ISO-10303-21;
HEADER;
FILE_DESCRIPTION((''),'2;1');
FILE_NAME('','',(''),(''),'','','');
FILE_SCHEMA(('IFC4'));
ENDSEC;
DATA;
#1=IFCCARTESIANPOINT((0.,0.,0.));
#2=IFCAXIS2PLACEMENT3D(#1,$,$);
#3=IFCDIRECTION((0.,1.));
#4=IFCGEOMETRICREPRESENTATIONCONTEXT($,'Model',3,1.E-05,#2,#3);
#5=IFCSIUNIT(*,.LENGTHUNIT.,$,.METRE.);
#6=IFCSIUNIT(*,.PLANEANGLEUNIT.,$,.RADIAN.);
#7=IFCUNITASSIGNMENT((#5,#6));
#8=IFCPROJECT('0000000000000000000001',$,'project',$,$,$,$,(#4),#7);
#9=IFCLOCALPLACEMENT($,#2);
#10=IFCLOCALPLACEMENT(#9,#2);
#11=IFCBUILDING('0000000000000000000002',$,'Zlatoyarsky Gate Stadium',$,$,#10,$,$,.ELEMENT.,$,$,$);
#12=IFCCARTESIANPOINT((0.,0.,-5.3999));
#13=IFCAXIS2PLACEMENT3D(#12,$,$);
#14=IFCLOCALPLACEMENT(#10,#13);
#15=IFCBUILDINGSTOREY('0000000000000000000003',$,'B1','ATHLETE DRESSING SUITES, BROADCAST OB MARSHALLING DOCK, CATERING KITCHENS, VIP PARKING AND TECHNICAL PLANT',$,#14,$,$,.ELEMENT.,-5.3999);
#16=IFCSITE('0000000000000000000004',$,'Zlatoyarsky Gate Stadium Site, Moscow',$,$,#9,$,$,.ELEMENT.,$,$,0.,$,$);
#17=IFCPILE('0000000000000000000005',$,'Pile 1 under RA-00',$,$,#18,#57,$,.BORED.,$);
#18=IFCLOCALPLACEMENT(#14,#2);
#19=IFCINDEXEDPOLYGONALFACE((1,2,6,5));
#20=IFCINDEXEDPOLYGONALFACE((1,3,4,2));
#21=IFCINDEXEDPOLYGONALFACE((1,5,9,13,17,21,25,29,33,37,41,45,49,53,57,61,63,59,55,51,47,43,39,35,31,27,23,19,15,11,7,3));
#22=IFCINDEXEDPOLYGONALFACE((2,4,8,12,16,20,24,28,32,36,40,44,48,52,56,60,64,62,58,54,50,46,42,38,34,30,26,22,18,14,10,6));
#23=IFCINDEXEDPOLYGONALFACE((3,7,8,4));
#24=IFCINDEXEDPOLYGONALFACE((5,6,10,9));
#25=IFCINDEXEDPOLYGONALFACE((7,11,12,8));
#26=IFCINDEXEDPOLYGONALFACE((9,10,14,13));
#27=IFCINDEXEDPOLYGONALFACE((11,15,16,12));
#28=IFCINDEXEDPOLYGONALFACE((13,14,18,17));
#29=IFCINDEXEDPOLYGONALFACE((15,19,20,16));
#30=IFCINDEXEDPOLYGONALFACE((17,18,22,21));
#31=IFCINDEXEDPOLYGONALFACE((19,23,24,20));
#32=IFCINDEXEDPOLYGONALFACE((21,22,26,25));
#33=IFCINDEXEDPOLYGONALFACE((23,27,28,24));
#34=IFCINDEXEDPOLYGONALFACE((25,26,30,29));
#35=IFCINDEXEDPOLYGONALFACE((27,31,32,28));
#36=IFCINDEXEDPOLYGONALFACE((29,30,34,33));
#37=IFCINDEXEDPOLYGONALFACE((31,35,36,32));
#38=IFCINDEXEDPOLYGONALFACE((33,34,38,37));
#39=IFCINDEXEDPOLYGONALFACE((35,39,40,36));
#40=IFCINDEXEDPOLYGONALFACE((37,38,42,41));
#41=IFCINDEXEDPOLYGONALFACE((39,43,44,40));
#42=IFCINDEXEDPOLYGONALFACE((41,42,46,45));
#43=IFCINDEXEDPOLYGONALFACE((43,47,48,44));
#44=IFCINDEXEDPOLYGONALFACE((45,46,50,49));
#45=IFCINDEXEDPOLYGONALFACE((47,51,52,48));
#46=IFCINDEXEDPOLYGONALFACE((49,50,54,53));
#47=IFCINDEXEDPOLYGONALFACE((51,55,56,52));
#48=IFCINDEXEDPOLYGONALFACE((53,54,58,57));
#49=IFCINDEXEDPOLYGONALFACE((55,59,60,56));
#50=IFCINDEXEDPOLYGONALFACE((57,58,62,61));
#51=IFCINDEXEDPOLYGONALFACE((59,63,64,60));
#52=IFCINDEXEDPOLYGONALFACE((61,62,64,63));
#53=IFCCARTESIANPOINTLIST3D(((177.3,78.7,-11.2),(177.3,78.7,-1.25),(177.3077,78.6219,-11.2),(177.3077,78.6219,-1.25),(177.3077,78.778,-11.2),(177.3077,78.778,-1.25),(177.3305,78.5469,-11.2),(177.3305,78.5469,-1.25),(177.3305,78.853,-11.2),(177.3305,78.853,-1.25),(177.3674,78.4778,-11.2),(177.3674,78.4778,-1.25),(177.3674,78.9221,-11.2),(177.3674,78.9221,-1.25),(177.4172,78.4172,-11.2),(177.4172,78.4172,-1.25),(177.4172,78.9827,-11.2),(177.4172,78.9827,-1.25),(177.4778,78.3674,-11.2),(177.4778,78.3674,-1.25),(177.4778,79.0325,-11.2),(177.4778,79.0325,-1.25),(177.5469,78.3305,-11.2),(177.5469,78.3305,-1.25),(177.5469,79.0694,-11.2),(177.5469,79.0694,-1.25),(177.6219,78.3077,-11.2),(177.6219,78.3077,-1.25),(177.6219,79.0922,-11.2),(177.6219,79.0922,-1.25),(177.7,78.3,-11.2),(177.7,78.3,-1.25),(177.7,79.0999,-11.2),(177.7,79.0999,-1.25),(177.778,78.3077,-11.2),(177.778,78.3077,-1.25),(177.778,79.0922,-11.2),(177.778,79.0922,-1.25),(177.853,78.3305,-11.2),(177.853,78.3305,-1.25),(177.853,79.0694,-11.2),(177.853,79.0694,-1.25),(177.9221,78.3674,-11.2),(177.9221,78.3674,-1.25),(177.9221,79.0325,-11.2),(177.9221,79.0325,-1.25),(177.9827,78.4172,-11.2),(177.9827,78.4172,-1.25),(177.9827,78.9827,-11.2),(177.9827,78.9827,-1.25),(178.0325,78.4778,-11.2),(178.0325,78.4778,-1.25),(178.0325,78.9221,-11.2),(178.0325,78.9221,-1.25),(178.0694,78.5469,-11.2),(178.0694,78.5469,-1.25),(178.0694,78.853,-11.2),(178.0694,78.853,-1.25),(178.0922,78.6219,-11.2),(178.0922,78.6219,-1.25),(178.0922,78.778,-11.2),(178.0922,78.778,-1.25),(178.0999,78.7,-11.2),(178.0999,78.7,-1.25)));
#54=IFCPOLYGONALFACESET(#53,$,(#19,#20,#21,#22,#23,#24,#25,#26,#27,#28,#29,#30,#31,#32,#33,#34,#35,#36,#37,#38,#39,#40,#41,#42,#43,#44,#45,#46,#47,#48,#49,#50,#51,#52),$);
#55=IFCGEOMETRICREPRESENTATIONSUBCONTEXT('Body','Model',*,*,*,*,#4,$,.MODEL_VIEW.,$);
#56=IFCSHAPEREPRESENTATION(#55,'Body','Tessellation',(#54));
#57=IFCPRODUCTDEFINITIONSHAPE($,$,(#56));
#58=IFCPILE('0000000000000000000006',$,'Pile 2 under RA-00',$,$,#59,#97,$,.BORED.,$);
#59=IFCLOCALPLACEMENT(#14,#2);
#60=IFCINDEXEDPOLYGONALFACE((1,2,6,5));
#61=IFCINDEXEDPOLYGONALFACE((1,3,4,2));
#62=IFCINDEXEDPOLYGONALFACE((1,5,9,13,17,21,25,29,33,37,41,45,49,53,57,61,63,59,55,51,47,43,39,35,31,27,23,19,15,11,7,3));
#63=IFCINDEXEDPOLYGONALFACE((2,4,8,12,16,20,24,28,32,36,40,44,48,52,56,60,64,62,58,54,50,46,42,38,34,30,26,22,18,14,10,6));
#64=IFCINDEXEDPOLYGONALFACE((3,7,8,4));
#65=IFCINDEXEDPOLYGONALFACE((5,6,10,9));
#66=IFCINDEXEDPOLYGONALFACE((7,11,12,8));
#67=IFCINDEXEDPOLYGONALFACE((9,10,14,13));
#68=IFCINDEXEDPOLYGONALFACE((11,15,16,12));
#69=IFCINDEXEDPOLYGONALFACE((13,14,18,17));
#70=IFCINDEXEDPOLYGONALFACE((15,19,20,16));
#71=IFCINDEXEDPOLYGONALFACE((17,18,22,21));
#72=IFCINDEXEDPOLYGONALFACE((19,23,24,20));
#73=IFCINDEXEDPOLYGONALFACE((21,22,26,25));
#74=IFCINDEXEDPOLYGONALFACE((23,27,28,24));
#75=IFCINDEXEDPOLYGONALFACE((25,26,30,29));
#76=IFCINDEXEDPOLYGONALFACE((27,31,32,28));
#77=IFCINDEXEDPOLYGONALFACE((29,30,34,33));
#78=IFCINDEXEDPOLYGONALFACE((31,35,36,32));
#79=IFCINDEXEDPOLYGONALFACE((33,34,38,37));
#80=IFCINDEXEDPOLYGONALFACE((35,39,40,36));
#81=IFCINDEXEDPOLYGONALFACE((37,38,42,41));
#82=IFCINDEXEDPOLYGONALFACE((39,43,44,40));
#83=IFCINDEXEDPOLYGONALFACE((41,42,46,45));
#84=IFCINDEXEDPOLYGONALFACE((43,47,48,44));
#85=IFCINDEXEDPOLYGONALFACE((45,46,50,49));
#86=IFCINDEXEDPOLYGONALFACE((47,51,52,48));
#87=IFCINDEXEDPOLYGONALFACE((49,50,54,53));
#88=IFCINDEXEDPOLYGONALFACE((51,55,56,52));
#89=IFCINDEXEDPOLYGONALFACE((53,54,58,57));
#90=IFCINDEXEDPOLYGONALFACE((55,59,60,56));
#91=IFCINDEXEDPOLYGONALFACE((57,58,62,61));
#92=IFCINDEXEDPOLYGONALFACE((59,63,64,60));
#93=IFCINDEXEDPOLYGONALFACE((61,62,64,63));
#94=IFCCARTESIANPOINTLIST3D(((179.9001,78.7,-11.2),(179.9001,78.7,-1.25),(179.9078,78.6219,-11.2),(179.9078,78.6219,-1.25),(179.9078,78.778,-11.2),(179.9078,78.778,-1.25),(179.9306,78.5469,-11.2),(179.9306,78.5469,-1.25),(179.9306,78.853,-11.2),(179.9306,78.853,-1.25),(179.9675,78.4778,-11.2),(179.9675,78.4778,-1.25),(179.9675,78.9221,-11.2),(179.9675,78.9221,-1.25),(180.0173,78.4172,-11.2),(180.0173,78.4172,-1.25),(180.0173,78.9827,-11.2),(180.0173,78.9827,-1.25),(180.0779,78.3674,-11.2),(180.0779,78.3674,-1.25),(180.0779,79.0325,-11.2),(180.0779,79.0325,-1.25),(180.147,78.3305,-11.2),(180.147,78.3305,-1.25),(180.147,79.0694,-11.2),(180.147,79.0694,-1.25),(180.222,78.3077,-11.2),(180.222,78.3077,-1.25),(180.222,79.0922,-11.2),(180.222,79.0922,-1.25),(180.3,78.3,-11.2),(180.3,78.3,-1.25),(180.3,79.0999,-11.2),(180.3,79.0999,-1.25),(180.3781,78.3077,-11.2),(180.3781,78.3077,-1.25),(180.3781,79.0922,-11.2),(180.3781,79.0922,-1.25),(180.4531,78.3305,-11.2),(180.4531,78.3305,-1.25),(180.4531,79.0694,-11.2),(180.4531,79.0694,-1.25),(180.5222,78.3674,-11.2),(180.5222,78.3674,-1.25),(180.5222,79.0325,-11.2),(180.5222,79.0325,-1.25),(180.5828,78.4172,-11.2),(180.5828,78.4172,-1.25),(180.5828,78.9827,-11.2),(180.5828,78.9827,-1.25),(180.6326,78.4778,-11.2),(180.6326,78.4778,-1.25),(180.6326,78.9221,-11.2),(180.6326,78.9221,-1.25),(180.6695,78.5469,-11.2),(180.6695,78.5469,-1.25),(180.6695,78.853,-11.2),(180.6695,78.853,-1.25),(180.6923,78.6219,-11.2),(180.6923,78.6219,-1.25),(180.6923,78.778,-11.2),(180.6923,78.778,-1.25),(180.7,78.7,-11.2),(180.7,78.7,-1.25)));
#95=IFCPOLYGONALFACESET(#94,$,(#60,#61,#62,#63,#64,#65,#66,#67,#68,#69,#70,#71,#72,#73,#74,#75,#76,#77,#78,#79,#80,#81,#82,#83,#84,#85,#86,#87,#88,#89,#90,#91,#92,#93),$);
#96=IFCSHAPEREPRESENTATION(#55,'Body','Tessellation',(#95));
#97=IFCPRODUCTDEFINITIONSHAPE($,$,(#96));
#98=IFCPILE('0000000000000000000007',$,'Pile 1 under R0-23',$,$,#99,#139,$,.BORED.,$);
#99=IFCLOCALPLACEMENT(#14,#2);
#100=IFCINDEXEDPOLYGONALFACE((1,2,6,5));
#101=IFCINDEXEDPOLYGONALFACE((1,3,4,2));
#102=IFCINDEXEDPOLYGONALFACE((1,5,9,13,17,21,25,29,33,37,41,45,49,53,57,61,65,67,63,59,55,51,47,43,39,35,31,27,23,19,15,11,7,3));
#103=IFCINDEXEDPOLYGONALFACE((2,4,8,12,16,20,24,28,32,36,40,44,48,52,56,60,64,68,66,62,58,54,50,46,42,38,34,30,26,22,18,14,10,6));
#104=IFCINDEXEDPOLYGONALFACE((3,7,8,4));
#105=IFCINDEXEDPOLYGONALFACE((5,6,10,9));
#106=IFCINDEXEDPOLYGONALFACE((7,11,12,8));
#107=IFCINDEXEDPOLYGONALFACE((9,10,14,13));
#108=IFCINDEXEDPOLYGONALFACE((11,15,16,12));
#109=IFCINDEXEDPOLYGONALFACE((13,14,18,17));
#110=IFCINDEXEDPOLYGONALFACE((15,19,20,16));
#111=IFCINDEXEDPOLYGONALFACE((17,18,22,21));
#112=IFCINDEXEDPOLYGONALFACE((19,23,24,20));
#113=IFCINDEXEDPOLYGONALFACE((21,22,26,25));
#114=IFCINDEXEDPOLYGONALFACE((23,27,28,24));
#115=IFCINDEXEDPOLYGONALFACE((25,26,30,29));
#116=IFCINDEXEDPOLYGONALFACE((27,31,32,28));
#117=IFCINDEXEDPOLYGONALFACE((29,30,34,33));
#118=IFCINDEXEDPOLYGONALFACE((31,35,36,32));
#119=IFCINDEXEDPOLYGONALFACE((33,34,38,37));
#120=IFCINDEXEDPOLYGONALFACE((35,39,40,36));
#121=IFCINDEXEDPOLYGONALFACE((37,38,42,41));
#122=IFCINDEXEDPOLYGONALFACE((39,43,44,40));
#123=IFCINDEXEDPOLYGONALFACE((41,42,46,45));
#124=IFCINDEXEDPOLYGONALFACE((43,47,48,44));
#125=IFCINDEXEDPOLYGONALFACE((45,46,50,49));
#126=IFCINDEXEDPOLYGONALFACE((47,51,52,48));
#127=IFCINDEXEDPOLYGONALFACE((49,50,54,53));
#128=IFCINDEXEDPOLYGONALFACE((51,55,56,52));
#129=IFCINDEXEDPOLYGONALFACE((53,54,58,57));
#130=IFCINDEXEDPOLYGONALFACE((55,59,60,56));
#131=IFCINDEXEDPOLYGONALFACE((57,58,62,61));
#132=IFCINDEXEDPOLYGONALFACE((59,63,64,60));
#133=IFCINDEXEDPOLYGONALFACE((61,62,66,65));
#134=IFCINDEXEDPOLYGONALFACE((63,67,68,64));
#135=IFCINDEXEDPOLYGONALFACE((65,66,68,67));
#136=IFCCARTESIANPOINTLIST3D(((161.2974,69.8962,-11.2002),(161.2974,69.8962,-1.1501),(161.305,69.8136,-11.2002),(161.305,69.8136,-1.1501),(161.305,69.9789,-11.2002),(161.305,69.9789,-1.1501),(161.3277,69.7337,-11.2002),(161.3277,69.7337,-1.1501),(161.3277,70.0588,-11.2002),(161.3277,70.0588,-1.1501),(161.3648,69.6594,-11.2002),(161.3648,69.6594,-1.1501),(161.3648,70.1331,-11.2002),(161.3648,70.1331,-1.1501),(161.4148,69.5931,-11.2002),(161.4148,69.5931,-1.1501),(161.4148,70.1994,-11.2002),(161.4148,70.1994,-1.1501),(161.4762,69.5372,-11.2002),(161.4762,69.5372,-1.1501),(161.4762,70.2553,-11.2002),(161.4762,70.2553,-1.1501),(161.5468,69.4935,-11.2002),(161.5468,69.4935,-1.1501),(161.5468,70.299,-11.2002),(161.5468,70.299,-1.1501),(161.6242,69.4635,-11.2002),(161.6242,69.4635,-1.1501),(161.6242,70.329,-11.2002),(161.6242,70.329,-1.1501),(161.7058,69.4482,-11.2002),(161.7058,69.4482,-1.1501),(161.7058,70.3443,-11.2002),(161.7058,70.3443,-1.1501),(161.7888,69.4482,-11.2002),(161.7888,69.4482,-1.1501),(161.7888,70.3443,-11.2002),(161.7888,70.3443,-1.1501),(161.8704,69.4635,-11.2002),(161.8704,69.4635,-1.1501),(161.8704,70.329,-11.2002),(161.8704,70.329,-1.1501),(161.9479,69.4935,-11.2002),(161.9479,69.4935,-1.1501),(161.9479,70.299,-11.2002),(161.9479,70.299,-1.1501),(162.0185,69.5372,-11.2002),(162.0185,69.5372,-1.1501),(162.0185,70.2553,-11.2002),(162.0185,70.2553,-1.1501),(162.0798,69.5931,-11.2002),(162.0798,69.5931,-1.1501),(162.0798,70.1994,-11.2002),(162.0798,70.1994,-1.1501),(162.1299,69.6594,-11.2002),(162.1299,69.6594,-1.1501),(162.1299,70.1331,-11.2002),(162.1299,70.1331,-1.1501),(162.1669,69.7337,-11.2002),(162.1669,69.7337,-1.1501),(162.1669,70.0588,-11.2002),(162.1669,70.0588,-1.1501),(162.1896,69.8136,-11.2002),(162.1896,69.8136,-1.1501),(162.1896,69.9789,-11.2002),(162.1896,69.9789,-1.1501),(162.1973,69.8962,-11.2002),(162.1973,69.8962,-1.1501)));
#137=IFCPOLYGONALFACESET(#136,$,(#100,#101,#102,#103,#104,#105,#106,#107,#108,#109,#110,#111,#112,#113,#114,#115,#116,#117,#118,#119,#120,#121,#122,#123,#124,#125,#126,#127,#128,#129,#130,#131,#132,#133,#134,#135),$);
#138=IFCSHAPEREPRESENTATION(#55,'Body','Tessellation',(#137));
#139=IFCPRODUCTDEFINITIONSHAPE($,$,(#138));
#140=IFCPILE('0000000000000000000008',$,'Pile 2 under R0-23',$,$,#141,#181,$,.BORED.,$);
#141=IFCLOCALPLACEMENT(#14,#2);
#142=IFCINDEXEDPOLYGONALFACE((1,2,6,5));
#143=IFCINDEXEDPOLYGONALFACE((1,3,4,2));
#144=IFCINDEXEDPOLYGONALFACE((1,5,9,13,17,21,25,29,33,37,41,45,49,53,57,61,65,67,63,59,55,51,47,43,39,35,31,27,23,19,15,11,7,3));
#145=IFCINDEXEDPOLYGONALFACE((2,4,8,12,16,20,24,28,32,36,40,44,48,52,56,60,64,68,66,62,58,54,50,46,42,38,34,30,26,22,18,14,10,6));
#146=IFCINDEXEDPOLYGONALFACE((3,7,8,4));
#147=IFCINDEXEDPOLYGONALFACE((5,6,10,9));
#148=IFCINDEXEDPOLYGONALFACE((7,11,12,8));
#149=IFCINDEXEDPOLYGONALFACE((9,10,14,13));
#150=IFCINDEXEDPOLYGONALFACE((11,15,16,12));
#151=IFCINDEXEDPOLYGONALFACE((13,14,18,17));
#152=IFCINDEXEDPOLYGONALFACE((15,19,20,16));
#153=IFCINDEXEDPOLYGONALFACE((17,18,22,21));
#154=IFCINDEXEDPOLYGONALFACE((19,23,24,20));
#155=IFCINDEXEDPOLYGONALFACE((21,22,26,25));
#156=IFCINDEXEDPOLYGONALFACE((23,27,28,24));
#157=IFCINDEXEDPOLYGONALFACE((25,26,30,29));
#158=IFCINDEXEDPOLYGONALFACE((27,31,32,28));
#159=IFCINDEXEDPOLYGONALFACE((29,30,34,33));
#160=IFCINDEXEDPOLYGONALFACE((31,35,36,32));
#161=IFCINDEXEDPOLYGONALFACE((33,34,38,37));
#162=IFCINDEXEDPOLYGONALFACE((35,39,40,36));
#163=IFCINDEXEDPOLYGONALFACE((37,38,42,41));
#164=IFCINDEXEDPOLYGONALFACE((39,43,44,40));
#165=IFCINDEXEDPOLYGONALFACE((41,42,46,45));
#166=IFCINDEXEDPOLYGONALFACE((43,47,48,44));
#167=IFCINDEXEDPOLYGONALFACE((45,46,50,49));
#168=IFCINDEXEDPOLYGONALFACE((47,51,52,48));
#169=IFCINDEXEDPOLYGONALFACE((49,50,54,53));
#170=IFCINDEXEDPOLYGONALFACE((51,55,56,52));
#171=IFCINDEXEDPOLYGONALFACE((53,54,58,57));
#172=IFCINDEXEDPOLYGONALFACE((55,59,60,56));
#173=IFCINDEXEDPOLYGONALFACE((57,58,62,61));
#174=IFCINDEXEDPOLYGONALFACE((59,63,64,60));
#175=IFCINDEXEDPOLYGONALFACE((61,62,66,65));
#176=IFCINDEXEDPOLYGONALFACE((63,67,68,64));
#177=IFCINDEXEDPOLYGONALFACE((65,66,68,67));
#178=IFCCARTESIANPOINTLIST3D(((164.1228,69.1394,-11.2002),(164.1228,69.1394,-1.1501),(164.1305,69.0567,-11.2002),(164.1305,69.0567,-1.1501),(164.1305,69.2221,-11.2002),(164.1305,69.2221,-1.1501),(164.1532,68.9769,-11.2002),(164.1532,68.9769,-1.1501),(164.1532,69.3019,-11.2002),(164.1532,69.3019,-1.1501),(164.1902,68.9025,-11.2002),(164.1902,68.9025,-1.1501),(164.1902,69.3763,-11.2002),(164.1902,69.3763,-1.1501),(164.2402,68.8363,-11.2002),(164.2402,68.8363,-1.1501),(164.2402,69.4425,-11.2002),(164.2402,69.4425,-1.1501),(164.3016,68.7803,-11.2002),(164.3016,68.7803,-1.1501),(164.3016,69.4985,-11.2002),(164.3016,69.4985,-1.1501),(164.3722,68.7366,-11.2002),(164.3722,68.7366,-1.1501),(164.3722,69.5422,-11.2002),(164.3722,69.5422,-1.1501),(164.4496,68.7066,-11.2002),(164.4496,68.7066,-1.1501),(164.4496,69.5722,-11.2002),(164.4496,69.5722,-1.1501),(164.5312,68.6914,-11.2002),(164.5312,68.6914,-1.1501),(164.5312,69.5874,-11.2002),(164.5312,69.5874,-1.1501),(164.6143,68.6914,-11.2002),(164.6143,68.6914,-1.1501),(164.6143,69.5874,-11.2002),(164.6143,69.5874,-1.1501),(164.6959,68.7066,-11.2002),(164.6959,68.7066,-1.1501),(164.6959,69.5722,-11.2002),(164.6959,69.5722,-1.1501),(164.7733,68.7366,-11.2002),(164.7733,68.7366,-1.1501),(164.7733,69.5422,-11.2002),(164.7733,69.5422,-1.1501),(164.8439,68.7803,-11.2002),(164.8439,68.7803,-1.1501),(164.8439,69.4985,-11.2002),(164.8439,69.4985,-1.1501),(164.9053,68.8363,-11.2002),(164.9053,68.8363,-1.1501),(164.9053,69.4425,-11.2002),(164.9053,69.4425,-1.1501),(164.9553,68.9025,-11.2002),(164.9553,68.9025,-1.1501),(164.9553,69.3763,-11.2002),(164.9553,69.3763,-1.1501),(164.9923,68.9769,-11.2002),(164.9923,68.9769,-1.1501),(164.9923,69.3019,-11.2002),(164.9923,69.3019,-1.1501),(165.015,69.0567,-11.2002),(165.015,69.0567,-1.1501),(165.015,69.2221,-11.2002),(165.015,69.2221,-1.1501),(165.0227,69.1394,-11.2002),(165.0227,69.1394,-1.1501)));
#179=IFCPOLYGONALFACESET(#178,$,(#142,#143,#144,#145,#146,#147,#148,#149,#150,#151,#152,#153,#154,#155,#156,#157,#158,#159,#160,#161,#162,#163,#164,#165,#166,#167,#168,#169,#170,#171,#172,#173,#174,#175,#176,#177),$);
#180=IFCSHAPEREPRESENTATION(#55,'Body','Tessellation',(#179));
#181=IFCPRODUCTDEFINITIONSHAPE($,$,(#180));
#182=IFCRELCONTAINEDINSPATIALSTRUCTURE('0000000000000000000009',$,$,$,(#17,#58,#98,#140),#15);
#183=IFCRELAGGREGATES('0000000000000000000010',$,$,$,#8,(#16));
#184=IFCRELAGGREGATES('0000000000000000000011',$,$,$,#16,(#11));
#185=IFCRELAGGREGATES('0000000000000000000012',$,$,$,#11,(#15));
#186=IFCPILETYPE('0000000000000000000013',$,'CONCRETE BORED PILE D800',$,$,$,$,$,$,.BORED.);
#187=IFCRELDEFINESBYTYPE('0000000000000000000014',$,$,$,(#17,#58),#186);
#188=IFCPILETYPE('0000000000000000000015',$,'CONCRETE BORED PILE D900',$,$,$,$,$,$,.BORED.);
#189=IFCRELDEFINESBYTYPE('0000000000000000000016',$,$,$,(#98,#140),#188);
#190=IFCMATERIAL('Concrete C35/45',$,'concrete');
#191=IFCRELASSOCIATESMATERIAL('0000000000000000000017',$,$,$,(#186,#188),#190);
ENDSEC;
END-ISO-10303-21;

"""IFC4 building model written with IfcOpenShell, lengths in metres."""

from ifc_helpers import new_model, si_unit, direction, frame, origin, origin_2d, place, context, subcontext, project, spatial, circle, extrude, material, material_profile, profile_set, type_object, element, save


model = new_model("IFC4")

# Units and contexts
model_context = context("Model", 3, precision=1e-05, world=origin(), true_north=direction((0.0, 1.0)))
body_context = subcontext(model_context, "Body", "Model", "MODEL_VIEW")
ifc_project = project(units=[si_unit("LENGTHUNIT", "METRE"), si_unit("PLANEANGLEUNIT", "RADIAN")], contexts=[model_context])

# Site, building, storey
site_placement = place(None, origin())
site = spatial("IfcSite", under=ifc_project, at=site_placement, Name="Zlatoyarsky Gate Stadium Site, Moscow", CompositionType="ELEMENT", RefElevation=0.0)
building_placement = place(site_placement, origin())
building = spatial("IfcBuilding", under=site, at=building_placement, Name="Zlatoyarsky Gate Stadium", CompositionType="ELEMENT")
storey_placement = place(building_placement, frame((0.0, 0.0, -5.3999)))
storey = spatial("IfcBuildingStorey", under=building, at=storey_placement, Name="B1", Description="ATHLETE DRESSING SUITES, BROADCAST OB MARSHALLING DOCK, CATERING KITCHENS, VIP PARKING AND TECHNICAL PLANT", CompositionType="ELEMENT", Elevation=-5.3999)

# Piles
ifc_material_1 = material(Name="Concrete C35/45", Category="concrete")
ifc_material_profile_1 = material_profile(ifc_material_1, circle(Radius=0.3999, at=origin_2d()), Name="BORED PILE D800")
ifc_profile_set_1 = profile_set([ifc_material_profile_1], Name="Concrete C35/45")
pile_type_1 = type_object("IfcPileType", Name="CONCRETE BORED PILE D800", PredefinedType="BORED", material=ifc_profile_set_1)
for number, where, z_axis, x_axis, name in (
    (1, (177.7, 78.7, -1.25), (0.0, 0.0, -1.0), (1.0, 0.0, 0.0), "Pile 1 under RA-00"),
    (2, (180.3, 78.7, -1.25), (0.0, 0.0, -1.0), (1.0, 0.0, 0.0), "Pile 2 under RA-00"),
):
    element("IfcPile", number, at=place(storey_placement, frame(where, z_axis=z_axis, x_axis=x_axis)), inside=storey, type_object=pile_type_1, Name=name, PredefinedType="BORED", context=body_context, shape_type="SweptSolid", body=[
        extrude(circle(Radius=0.3999, at=origin_2d()), origin(), (0.0, 0.0, 1.0), 9.95),
    ])
ifc_material_profile_2 = material_profile(ifc_material_1, circle(Radius=0.45, at=origin_2d()), Name="BORED PILE D900")
ifc_profile_set_2 = profile_set([ifc_material_profile_2], Name="Concrete C35/45")
pile_type_2 = type_object("IfcPileType", Name="CONCRETE BORED PILE D900", PredefinedType="BORED", material=ifc_profile_set_2)
for number, where, z_axis, x_axis, name in (
    (3, (161.7473, 69.8962, -1.1501), (0.0, 0.0, -1.0), (1.0, 0.0, 0.0), "Pile 1 under R0-23"),
    (4, (164.5728, 69.1394, -1.1501), (0.0, 0.0, -1.0), (1.0, 0.0, 0.0), "Pile 2 under R0-23"),
):
    element("IfcPile", number, at=place(storey_placement, frame(where, z_axis=z_axis, x_axis=x_axis)), inside=storey, type_object=pile_type_2, Name=name, PredefinedType="BORED", context=body_context, shape_type="SweptSolid", body=[
        extrude(circle(Radius=0.45, at=origin_2d()), origin(), (0.0, 0.0, 1.0), 10.05),
    ])

save(model, "model.ifc")
